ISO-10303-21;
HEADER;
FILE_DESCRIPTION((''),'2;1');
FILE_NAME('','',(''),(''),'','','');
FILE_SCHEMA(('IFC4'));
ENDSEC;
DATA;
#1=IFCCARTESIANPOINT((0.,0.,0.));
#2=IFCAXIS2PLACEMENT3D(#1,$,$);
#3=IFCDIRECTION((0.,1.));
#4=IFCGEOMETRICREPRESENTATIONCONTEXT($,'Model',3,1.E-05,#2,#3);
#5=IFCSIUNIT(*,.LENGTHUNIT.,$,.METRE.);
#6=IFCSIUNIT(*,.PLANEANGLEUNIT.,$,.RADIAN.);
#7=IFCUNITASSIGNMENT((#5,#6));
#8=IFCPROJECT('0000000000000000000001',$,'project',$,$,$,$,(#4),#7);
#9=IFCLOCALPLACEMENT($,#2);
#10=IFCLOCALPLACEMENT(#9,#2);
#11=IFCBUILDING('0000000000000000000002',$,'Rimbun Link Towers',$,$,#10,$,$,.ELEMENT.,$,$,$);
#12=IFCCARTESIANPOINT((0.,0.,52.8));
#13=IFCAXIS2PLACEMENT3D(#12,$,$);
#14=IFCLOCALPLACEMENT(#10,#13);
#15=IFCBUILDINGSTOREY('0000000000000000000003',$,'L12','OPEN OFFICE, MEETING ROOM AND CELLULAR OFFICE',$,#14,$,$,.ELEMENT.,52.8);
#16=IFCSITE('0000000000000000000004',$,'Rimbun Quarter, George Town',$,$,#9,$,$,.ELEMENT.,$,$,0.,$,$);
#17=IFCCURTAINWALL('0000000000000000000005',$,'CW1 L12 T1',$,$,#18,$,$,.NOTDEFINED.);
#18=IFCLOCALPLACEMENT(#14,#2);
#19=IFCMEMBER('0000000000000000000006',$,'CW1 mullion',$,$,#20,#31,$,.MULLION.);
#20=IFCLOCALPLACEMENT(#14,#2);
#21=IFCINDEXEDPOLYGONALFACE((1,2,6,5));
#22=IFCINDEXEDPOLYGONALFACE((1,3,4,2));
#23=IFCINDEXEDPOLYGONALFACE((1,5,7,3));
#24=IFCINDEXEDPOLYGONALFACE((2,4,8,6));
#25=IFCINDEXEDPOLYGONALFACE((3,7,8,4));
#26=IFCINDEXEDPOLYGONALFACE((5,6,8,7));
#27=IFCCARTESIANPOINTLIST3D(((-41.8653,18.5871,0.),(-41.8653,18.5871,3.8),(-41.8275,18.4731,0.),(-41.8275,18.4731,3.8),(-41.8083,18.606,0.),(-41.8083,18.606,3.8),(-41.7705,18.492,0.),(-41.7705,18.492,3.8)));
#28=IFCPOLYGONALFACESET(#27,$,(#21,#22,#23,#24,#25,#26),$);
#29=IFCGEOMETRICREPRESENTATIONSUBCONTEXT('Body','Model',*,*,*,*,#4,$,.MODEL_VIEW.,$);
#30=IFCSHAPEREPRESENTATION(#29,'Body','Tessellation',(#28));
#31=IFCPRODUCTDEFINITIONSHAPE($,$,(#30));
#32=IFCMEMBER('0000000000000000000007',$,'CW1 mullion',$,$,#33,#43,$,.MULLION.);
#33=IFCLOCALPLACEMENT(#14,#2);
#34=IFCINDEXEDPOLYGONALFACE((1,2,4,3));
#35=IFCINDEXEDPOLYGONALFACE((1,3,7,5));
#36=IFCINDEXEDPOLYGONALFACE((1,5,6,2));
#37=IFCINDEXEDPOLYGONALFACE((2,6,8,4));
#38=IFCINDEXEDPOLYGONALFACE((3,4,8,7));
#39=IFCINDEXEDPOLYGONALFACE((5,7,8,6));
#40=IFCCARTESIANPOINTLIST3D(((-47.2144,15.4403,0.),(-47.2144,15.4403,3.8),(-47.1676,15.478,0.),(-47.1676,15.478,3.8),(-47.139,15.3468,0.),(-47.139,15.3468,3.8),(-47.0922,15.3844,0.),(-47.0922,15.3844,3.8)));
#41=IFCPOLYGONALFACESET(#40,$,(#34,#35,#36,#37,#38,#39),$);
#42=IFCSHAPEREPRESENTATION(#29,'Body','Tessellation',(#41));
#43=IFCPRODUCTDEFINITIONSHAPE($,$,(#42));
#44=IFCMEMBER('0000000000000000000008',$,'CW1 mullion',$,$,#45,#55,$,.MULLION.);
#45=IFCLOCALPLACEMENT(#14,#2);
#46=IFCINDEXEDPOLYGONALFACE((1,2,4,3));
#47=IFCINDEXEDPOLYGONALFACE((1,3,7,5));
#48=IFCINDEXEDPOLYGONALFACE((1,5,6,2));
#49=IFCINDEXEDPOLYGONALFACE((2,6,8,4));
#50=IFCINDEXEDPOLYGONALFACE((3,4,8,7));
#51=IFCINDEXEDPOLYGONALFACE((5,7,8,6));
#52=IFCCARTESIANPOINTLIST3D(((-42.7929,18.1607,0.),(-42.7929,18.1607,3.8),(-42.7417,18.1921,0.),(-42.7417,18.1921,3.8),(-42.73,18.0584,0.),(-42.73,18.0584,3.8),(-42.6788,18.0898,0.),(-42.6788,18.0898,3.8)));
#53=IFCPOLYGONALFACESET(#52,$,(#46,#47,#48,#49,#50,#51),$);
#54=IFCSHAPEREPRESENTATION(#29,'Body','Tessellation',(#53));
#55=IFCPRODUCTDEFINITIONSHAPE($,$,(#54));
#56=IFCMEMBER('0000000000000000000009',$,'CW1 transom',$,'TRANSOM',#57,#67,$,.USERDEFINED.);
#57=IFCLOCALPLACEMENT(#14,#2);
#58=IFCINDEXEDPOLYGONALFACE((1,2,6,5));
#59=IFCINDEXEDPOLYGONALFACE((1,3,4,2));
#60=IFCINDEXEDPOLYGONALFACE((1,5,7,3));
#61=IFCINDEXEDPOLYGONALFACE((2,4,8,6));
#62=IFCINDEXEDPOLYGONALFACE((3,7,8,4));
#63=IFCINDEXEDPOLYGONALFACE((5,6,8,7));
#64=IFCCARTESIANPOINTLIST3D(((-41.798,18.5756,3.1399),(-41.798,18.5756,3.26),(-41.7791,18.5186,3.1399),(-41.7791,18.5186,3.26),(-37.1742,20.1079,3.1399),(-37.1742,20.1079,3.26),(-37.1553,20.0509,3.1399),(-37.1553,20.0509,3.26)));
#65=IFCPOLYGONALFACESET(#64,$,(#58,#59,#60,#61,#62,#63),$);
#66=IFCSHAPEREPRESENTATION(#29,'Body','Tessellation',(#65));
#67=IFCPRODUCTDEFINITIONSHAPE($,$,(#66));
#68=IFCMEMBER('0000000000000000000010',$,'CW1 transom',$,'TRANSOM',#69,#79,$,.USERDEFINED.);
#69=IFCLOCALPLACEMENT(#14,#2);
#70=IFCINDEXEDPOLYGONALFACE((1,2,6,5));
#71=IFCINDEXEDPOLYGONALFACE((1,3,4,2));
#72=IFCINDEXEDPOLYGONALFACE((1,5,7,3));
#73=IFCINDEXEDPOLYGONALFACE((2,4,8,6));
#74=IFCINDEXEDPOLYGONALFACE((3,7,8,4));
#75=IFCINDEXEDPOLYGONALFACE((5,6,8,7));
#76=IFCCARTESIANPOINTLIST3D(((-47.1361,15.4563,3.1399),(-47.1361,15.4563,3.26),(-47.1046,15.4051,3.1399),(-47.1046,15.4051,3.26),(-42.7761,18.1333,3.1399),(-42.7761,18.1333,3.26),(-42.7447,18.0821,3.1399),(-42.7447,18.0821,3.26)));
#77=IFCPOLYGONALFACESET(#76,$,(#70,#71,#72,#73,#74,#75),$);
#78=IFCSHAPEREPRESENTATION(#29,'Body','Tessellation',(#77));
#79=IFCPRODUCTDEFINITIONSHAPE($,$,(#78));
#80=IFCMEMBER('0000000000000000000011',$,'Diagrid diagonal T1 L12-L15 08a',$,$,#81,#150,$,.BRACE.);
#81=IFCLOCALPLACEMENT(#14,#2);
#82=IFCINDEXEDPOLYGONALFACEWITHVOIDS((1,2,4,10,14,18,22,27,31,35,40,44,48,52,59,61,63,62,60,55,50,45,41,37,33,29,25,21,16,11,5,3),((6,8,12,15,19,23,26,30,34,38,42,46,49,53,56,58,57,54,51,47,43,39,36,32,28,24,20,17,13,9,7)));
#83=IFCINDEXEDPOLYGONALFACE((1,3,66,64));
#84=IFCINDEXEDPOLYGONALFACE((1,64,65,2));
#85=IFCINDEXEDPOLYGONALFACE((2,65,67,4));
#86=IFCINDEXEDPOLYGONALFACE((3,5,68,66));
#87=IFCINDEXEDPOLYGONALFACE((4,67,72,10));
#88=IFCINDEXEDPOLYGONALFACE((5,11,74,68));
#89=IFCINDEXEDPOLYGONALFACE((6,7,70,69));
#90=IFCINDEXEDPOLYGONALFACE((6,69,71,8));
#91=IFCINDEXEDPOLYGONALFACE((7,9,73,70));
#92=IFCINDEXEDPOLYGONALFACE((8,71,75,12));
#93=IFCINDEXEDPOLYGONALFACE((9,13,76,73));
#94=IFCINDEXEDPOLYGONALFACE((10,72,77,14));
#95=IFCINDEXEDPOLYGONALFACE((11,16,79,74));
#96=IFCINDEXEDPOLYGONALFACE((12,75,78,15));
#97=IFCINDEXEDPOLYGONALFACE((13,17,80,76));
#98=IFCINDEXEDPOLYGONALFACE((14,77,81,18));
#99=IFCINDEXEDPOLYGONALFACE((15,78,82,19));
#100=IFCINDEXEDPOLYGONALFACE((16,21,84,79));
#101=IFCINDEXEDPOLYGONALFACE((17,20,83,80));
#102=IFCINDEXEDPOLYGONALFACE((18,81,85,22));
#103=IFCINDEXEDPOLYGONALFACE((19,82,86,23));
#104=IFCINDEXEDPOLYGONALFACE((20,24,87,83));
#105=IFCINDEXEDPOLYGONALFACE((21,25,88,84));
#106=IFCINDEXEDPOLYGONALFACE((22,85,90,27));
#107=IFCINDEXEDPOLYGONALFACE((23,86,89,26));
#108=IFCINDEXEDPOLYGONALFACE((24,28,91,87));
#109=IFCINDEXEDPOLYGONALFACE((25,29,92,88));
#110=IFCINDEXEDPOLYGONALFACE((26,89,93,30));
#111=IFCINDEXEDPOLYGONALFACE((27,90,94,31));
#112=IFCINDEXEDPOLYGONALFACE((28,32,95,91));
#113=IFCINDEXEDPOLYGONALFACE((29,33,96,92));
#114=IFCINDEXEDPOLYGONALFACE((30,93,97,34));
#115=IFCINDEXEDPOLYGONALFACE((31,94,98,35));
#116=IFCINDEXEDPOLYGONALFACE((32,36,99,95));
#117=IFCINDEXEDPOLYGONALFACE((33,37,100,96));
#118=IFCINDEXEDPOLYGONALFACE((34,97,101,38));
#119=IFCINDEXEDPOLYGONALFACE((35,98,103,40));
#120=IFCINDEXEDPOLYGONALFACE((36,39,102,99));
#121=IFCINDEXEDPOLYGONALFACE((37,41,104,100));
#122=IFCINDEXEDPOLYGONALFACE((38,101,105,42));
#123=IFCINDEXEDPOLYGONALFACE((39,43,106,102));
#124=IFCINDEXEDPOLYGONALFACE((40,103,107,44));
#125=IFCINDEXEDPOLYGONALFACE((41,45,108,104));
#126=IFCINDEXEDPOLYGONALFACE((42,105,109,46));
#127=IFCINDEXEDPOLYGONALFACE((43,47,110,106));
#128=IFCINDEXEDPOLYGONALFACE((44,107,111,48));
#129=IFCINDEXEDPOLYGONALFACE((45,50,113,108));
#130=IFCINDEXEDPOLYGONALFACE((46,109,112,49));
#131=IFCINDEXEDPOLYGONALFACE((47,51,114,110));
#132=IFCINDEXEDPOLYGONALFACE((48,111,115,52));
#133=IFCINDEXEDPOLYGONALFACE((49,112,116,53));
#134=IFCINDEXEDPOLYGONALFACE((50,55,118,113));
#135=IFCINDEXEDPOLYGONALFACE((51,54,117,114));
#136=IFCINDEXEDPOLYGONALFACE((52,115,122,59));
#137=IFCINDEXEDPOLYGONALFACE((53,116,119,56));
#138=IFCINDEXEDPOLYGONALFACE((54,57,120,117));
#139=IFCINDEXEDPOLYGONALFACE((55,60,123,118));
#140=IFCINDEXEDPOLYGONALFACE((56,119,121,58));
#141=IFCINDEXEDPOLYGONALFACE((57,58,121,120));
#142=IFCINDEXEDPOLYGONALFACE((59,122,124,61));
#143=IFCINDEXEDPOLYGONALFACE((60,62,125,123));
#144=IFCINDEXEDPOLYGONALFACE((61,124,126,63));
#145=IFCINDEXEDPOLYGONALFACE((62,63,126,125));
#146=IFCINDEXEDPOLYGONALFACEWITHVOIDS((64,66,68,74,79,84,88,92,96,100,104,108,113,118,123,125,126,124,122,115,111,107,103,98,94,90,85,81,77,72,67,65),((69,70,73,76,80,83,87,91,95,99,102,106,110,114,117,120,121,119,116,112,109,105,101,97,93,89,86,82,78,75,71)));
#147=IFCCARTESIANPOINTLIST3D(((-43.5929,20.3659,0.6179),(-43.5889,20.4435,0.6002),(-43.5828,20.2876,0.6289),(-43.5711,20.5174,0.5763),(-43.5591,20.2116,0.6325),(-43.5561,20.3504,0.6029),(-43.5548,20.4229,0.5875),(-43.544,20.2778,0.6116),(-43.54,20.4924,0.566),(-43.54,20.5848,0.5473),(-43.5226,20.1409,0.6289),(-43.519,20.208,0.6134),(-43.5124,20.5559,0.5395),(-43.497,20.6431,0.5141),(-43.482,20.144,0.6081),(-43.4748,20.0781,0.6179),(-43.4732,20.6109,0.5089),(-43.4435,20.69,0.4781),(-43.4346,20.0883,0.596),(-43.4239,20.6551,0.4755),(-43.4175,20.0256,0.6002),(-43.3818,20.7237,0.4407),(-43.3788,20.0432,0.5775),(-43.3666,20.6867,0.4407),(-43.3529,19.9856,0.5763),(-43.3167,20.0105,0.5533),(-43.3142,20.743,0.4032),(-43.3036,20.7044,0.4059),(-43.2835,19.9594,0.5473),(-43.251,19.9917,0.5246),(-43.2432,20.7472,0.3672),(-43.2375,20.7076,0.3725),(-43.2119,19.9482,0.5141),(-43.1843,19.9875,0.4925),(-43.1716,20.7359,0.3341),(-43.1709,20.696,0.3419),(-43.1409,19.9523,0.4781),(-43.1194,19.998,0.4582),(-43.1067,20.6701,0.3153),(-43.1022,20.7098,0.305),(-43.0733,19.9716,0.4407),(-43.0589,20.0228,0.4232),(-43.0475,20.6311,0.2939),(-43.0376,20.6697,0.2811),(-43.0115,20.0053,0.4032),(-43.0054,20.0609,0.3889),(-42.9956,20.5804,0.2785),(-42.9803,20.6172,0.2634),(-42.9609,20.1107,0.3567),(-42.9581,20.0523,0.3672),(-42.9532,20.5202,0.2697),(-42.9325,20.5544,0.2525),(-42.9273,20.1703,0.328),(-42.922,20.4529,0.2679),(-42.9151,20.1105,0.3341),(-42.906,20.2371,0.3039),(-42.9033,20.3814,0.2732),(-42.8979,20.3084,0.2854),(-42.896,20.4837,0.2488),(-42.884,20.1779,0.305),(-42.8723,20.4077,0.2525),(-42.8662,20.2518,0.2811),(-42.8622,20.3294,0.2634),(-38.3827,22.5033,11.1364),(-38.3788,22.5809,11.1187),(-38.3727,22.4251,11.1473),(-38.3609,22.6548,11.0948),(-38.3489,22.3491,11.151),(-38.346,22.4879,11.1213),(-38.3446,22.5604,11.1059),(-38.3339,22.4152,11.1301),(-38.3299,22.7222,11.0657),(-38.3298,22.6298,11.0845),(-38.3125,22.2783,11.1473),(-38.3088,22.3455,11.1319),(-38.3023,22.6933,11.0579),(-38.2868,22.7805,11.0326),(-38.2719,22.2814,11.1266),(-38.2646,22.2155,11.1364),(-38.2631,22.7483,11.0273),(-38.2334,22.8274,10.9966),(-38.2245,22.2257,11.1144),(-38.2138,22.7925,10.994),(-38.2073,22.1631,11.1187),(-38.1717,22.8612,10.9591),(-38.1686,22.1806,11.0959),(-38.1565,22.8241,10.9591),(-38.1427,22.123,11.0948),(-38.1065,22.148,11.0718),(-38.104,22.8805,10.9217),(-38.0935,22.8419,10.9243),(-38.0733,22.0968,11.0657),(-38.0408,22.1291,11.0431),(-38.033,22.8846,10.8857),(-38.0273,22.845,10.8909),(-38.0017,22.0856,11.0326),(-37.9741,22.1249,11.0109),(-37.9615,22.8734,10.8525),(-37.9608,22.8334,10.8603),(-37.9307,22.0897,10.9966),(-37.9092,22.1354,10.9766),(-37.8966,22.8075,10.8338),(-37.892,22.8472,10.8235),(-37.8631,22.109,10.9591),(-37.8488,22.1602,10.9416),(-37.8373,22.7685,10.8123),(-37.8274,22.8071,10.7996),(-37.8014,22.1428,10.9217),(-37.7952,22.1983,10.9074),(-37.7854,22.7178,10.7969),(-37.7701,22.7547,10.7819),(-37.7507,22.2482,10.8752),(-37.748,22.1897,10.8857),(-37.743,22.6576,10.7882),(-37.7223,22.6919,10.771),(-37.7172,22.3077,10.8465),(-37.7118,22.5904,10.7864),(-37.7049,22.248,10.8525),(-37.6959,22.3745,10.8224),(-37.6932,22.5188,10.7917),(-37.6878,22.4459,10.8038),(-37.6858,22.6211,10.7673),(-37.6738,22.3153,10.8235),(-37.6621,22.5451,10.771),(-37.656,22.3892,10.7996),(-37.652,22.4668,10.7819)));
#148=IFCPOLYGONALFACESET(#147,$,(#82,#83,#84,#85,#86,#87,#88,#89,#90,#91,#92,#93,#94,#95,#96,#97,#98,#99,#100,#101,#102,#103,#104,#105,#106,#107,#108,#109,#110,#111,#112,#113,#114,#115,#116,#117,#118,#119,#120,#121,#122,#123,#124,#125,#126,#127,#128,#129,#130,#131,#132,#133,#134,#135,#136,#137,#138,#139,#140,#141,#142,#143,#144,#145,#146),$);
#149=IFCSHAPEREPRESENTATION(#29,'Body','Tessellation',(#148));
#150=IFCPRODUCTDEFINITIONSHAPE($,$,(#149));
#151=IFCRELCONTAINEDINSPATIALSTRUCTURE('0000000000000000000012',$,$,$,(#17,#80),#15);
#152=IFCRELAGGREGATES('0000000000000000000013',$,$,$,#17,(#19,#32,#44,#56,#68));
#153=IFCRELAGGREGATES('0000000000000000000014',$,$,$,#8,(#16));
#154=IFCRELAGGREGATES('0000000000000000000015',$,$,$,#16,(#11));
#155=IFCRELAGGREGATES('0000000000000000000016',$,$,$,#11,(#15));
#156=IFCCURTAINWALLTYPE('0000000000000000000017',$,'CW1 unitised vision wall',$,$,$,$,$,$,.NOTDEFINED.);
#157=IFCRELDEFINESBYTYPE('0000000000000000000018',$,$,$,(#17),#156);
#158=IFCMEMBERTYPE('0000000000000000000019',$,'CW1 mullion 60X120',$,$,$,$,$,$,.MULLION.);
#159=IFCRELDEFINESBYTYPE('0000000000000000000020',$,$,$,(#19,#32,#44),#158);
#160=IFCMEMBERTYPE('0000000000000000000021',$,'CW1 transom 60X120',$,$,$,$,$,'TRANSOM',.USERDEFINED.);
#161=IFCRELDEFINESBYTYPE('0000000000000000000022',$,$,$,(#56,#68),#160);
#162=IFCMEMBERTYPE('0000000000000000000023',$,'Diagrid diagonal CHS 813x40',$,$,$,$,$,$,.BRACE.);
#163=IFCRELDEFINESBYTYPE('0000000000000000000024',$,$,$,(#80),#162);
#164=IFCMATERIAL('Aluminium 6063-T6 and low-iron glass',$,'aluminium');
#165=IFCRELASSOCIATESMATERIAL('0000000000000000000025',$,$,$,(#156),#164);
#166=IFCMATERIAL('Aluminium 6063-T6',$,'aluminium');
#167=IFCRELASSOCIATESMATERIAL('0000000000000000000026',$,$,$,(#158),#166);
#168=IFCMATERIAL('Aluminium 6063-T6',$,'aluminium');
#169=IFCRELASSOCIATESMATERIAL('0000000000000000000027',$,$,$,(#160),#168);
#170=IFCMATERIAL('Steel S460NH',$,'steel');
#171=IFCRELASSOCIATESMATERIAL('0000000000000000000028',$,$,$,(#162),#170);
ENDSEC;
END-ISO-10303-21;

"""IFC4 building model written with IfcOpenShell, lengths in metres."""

from ifc_helpers import new_model, si_unit, direction, frame, origin, origin_2d, place, context, subcontext, project, spatial, rectangle, hollow_circle, extrude, material, material_profile, profile_set, type_object, element, aggregate, save


model = new_model("IFC4")

# Units and contexts
model_context = context("Model", 3, precision=1e-05, world=origin(), true_north=direction((0.0, 1.0)))
body_context = subcontext(model_context, "Body", "Model", "MODEL_VIEW")
ifc_project = project(units=[si_unit("LENGTHUNIT", "METRE"), si_unit("PLANEANGLEUNIT", "RADIAN")], contexts=[model_context])

# Site, building, storey
site_placement = place(None, origin())
site = spatial("IfcSite", under=ifc_project, at=site_placement, Name="Rimbun Quarter, George Town", CompositionType="ELEMENT", RefElevation=0.0)
building_placement = place(site_placement, origin())
building = spatial("IfcBuilding", under=site, at=building_placement, Name="Rimbun Link Towers", CompositionType="ELEMENT")
storey_placement = place(building_placement, frame((0.0, 0.0, 52.8)))
storey = spatial("IfcBuildingStorey", under=building, at=storey_placement, Name="L12", Description="OPEN OFFICE, MEETING ROOM AND CELLULAR OFFICE", CompositionType="ELEMENT", Elevation=52.8)

# Curtain wall, members
ifc_material_1 = material(Name="Aluminium 6063-T6 and low-iron glass", Category="aluminium")
curtain_wall_type = type_object("IfcCurtainWallType", Name="CW1 unitised vision wall", PredefinedType="NOTDEFINED", material=ifc_material_1)
curtain_wall_placement = place(storey_placement, origin())
curtain_wall = element("IfcCurtainWall", 1, at=curtain_wall_placement, inside=storey, type_object=curtain_wall_type, Name="CW1 L12 T1", PredefinedType="NOTDEFINED")
ifc_material_2 = material(Name="Aluminium 6063-T6", Category="aluminium")
ifc_material_profile_1 = material_profile(ifc_material_2, rectangle(XDim=0.1201, YDim=0.0601, at=origin_2d()), Name="MULLION 60X120")
ifc_profile_set_1 = profile_set([ifc_material_profile_1], Name="Aluminium 6063-T6")
member_type_1 = type_object("IfcMemberType", Name="CW1 mullion 60X120", PredefinedType="MULLION", material=ifc_profile_set_1)
member_1_placement = place(storey_placement, frame((-41.8179, 18.5396, 0.0), z_axis=(0.0, 0.0, 1.0), x_axis=(-0.314563, 0.949236, 0.0)))
member_1 = element("IfcMember", 2, at=member_1_placement, type_object=member_type_1, Name="CW1 mullion", PredefinedType="MULLION", context=body_context, shape_type="SweptSolid", body=[
    extrude(rectangle(XDim=0.1201, YDim=0.0601, at=origin_2d()), origin(), (0.0, 0.0, 1.0), 3.8),
])
member_2_placement = place(storey_placement, frame((-47.1533, 15.4124, 0.0), z_axis=(0.0, 0.0, 1.0), x_axis=(-0.627666, 0.778483, 0.0)))
member_2 = element("IfcMember", 3, at=member_2_placement, type_object=member_type_1, Name="CW1 mullion", PredefinedType="MULLION", context=body_context, shape_type="SweptSolid", body=[
    extrude(rectangle(XDim=0.1201, YDim=0.0601, at=origin_2d()), origin(), (0.0, 0.0, 1.0), 3.8),
])
member_3_placement = place(storey_placement, frame((-42.7358, 18.1252, 0.0), z_axis=(0.0, 0.0, 1.0), x_axis=(-0.523243, 0.852183, 0.0)))
member_3 = element("IfcMember", 4, at=member_3_placement, type_object=member_type_1, Name="CW1 mullion", PredefinedType="MULLION", context=body_context, shape_type="SweptSolid", body=[
    extrude(rectangle(XDim=0.1201, YDim=0.0601, at=origin_2d()), origin(), (0.0, 0.0, 1.0), 3.8),
])
ifc_material_3 = material(Name="Aluminium 6063-T6", Category="aluminium")
ifc_material_profile_2 = material_profile(ifc_material_3, rectangle(XDim=0.0601, YDim=0.1201, at=origin_2d()), Name="TRANSOM 60X120")
ifc_profile_set_2 = profile_set([ifc_material_profile_2], Name="Aluminium 6063-T6")
member_type_2 = type_object("IfcMemberType", Name="CW1 transom 60X120", ElementType="TRANSOM", PredefinedType="USERDEFINED", material=ifc_profile_set_2)
member_4_placement = place(storey_placement, frame((-41.7886, 18.5471, 3.2), z_axis=(0.949238, 0.314558, 0.0), x_axis=(-0.314558, 0.949238, 0.0)))
member_4 = element("IfcMember", 5, at=member_4_placement, type_object=member_type_2, Name="CW1 transom", ObjectType="TRANSOM", PredefinedType="USERDEFINED", context=body_context, shape_type="SweptSolid", body=[
    extrude(rectangle(XDim=0.0601, YDim=0.1201, at=origin_2d()), origin(), (0.0, 0.0, 1.0), 4.8711),
])
member_5_placement = place(storey_placement, frame((-47.1204, 15.4307, 3.2), z_axis=(0.852181, 0.523248, 0.0), x_axis=(-0.523248, 0.852181, 0.0)))
member_5 = element("IfcMember", 6, at=member_5_placement, type_object=member_type_2, Name="CW1 transom", ObjectType="TRANSOM", PredefinedType="USERDEFINED", context=body_context, shape_type="SweptSolid", body=[
    extrude(rectangle(XDim=0.0601, YDim=0.1201, at=origin_2d()), origin(), (0.0, 0.0, 1.0), 5.1162),
])

# Member
ifc_material_4 = material(Name="Steel S460NH", Category="steel")
ifc_material_profile_3 = material_profile(ifc_material_4, hollow_circle(Radius=0.4065, WallThickness=0.04, at=origin_2d()), Name="Diagrid diagonal CHS 813x40")
ifc_profile_set_3 = profile_set([ifc_material_profile_3], Name="Steel S460NH")
member_type_3 = type_object("IfcMemberType", Name="Diagrid diagonal CHS 813x40", PredefinedType="BRACE", material=ifc_profile_set_3)
member_6_placement = place(storey_placement, frame((-43.2275, 20.3477, 0.4407), z_axis=(0.436685, 0.179147, 0.881596), x_axis=(-0.379546, 0.925173, 0.0)))
element("IfcMember", 7, at=member_6_placement, inside=storey, type_object=member_type_3, Name="Diagrid diagonal T1 L12-L15 08a", PredefinedType="BRACE", context=body_context, shape_type="SweptSolid", body=[
    extrude(hollow_circle(Radius=0.4065, WallThickness=0.04, at=origin_2d()), origin(), (0.0, 0.0, 1.0), 11.9312),
])

aggregate(curtain_wall, [member_1, member_2, member_3, member_4, member_5])

save(model, "model.ifc")
